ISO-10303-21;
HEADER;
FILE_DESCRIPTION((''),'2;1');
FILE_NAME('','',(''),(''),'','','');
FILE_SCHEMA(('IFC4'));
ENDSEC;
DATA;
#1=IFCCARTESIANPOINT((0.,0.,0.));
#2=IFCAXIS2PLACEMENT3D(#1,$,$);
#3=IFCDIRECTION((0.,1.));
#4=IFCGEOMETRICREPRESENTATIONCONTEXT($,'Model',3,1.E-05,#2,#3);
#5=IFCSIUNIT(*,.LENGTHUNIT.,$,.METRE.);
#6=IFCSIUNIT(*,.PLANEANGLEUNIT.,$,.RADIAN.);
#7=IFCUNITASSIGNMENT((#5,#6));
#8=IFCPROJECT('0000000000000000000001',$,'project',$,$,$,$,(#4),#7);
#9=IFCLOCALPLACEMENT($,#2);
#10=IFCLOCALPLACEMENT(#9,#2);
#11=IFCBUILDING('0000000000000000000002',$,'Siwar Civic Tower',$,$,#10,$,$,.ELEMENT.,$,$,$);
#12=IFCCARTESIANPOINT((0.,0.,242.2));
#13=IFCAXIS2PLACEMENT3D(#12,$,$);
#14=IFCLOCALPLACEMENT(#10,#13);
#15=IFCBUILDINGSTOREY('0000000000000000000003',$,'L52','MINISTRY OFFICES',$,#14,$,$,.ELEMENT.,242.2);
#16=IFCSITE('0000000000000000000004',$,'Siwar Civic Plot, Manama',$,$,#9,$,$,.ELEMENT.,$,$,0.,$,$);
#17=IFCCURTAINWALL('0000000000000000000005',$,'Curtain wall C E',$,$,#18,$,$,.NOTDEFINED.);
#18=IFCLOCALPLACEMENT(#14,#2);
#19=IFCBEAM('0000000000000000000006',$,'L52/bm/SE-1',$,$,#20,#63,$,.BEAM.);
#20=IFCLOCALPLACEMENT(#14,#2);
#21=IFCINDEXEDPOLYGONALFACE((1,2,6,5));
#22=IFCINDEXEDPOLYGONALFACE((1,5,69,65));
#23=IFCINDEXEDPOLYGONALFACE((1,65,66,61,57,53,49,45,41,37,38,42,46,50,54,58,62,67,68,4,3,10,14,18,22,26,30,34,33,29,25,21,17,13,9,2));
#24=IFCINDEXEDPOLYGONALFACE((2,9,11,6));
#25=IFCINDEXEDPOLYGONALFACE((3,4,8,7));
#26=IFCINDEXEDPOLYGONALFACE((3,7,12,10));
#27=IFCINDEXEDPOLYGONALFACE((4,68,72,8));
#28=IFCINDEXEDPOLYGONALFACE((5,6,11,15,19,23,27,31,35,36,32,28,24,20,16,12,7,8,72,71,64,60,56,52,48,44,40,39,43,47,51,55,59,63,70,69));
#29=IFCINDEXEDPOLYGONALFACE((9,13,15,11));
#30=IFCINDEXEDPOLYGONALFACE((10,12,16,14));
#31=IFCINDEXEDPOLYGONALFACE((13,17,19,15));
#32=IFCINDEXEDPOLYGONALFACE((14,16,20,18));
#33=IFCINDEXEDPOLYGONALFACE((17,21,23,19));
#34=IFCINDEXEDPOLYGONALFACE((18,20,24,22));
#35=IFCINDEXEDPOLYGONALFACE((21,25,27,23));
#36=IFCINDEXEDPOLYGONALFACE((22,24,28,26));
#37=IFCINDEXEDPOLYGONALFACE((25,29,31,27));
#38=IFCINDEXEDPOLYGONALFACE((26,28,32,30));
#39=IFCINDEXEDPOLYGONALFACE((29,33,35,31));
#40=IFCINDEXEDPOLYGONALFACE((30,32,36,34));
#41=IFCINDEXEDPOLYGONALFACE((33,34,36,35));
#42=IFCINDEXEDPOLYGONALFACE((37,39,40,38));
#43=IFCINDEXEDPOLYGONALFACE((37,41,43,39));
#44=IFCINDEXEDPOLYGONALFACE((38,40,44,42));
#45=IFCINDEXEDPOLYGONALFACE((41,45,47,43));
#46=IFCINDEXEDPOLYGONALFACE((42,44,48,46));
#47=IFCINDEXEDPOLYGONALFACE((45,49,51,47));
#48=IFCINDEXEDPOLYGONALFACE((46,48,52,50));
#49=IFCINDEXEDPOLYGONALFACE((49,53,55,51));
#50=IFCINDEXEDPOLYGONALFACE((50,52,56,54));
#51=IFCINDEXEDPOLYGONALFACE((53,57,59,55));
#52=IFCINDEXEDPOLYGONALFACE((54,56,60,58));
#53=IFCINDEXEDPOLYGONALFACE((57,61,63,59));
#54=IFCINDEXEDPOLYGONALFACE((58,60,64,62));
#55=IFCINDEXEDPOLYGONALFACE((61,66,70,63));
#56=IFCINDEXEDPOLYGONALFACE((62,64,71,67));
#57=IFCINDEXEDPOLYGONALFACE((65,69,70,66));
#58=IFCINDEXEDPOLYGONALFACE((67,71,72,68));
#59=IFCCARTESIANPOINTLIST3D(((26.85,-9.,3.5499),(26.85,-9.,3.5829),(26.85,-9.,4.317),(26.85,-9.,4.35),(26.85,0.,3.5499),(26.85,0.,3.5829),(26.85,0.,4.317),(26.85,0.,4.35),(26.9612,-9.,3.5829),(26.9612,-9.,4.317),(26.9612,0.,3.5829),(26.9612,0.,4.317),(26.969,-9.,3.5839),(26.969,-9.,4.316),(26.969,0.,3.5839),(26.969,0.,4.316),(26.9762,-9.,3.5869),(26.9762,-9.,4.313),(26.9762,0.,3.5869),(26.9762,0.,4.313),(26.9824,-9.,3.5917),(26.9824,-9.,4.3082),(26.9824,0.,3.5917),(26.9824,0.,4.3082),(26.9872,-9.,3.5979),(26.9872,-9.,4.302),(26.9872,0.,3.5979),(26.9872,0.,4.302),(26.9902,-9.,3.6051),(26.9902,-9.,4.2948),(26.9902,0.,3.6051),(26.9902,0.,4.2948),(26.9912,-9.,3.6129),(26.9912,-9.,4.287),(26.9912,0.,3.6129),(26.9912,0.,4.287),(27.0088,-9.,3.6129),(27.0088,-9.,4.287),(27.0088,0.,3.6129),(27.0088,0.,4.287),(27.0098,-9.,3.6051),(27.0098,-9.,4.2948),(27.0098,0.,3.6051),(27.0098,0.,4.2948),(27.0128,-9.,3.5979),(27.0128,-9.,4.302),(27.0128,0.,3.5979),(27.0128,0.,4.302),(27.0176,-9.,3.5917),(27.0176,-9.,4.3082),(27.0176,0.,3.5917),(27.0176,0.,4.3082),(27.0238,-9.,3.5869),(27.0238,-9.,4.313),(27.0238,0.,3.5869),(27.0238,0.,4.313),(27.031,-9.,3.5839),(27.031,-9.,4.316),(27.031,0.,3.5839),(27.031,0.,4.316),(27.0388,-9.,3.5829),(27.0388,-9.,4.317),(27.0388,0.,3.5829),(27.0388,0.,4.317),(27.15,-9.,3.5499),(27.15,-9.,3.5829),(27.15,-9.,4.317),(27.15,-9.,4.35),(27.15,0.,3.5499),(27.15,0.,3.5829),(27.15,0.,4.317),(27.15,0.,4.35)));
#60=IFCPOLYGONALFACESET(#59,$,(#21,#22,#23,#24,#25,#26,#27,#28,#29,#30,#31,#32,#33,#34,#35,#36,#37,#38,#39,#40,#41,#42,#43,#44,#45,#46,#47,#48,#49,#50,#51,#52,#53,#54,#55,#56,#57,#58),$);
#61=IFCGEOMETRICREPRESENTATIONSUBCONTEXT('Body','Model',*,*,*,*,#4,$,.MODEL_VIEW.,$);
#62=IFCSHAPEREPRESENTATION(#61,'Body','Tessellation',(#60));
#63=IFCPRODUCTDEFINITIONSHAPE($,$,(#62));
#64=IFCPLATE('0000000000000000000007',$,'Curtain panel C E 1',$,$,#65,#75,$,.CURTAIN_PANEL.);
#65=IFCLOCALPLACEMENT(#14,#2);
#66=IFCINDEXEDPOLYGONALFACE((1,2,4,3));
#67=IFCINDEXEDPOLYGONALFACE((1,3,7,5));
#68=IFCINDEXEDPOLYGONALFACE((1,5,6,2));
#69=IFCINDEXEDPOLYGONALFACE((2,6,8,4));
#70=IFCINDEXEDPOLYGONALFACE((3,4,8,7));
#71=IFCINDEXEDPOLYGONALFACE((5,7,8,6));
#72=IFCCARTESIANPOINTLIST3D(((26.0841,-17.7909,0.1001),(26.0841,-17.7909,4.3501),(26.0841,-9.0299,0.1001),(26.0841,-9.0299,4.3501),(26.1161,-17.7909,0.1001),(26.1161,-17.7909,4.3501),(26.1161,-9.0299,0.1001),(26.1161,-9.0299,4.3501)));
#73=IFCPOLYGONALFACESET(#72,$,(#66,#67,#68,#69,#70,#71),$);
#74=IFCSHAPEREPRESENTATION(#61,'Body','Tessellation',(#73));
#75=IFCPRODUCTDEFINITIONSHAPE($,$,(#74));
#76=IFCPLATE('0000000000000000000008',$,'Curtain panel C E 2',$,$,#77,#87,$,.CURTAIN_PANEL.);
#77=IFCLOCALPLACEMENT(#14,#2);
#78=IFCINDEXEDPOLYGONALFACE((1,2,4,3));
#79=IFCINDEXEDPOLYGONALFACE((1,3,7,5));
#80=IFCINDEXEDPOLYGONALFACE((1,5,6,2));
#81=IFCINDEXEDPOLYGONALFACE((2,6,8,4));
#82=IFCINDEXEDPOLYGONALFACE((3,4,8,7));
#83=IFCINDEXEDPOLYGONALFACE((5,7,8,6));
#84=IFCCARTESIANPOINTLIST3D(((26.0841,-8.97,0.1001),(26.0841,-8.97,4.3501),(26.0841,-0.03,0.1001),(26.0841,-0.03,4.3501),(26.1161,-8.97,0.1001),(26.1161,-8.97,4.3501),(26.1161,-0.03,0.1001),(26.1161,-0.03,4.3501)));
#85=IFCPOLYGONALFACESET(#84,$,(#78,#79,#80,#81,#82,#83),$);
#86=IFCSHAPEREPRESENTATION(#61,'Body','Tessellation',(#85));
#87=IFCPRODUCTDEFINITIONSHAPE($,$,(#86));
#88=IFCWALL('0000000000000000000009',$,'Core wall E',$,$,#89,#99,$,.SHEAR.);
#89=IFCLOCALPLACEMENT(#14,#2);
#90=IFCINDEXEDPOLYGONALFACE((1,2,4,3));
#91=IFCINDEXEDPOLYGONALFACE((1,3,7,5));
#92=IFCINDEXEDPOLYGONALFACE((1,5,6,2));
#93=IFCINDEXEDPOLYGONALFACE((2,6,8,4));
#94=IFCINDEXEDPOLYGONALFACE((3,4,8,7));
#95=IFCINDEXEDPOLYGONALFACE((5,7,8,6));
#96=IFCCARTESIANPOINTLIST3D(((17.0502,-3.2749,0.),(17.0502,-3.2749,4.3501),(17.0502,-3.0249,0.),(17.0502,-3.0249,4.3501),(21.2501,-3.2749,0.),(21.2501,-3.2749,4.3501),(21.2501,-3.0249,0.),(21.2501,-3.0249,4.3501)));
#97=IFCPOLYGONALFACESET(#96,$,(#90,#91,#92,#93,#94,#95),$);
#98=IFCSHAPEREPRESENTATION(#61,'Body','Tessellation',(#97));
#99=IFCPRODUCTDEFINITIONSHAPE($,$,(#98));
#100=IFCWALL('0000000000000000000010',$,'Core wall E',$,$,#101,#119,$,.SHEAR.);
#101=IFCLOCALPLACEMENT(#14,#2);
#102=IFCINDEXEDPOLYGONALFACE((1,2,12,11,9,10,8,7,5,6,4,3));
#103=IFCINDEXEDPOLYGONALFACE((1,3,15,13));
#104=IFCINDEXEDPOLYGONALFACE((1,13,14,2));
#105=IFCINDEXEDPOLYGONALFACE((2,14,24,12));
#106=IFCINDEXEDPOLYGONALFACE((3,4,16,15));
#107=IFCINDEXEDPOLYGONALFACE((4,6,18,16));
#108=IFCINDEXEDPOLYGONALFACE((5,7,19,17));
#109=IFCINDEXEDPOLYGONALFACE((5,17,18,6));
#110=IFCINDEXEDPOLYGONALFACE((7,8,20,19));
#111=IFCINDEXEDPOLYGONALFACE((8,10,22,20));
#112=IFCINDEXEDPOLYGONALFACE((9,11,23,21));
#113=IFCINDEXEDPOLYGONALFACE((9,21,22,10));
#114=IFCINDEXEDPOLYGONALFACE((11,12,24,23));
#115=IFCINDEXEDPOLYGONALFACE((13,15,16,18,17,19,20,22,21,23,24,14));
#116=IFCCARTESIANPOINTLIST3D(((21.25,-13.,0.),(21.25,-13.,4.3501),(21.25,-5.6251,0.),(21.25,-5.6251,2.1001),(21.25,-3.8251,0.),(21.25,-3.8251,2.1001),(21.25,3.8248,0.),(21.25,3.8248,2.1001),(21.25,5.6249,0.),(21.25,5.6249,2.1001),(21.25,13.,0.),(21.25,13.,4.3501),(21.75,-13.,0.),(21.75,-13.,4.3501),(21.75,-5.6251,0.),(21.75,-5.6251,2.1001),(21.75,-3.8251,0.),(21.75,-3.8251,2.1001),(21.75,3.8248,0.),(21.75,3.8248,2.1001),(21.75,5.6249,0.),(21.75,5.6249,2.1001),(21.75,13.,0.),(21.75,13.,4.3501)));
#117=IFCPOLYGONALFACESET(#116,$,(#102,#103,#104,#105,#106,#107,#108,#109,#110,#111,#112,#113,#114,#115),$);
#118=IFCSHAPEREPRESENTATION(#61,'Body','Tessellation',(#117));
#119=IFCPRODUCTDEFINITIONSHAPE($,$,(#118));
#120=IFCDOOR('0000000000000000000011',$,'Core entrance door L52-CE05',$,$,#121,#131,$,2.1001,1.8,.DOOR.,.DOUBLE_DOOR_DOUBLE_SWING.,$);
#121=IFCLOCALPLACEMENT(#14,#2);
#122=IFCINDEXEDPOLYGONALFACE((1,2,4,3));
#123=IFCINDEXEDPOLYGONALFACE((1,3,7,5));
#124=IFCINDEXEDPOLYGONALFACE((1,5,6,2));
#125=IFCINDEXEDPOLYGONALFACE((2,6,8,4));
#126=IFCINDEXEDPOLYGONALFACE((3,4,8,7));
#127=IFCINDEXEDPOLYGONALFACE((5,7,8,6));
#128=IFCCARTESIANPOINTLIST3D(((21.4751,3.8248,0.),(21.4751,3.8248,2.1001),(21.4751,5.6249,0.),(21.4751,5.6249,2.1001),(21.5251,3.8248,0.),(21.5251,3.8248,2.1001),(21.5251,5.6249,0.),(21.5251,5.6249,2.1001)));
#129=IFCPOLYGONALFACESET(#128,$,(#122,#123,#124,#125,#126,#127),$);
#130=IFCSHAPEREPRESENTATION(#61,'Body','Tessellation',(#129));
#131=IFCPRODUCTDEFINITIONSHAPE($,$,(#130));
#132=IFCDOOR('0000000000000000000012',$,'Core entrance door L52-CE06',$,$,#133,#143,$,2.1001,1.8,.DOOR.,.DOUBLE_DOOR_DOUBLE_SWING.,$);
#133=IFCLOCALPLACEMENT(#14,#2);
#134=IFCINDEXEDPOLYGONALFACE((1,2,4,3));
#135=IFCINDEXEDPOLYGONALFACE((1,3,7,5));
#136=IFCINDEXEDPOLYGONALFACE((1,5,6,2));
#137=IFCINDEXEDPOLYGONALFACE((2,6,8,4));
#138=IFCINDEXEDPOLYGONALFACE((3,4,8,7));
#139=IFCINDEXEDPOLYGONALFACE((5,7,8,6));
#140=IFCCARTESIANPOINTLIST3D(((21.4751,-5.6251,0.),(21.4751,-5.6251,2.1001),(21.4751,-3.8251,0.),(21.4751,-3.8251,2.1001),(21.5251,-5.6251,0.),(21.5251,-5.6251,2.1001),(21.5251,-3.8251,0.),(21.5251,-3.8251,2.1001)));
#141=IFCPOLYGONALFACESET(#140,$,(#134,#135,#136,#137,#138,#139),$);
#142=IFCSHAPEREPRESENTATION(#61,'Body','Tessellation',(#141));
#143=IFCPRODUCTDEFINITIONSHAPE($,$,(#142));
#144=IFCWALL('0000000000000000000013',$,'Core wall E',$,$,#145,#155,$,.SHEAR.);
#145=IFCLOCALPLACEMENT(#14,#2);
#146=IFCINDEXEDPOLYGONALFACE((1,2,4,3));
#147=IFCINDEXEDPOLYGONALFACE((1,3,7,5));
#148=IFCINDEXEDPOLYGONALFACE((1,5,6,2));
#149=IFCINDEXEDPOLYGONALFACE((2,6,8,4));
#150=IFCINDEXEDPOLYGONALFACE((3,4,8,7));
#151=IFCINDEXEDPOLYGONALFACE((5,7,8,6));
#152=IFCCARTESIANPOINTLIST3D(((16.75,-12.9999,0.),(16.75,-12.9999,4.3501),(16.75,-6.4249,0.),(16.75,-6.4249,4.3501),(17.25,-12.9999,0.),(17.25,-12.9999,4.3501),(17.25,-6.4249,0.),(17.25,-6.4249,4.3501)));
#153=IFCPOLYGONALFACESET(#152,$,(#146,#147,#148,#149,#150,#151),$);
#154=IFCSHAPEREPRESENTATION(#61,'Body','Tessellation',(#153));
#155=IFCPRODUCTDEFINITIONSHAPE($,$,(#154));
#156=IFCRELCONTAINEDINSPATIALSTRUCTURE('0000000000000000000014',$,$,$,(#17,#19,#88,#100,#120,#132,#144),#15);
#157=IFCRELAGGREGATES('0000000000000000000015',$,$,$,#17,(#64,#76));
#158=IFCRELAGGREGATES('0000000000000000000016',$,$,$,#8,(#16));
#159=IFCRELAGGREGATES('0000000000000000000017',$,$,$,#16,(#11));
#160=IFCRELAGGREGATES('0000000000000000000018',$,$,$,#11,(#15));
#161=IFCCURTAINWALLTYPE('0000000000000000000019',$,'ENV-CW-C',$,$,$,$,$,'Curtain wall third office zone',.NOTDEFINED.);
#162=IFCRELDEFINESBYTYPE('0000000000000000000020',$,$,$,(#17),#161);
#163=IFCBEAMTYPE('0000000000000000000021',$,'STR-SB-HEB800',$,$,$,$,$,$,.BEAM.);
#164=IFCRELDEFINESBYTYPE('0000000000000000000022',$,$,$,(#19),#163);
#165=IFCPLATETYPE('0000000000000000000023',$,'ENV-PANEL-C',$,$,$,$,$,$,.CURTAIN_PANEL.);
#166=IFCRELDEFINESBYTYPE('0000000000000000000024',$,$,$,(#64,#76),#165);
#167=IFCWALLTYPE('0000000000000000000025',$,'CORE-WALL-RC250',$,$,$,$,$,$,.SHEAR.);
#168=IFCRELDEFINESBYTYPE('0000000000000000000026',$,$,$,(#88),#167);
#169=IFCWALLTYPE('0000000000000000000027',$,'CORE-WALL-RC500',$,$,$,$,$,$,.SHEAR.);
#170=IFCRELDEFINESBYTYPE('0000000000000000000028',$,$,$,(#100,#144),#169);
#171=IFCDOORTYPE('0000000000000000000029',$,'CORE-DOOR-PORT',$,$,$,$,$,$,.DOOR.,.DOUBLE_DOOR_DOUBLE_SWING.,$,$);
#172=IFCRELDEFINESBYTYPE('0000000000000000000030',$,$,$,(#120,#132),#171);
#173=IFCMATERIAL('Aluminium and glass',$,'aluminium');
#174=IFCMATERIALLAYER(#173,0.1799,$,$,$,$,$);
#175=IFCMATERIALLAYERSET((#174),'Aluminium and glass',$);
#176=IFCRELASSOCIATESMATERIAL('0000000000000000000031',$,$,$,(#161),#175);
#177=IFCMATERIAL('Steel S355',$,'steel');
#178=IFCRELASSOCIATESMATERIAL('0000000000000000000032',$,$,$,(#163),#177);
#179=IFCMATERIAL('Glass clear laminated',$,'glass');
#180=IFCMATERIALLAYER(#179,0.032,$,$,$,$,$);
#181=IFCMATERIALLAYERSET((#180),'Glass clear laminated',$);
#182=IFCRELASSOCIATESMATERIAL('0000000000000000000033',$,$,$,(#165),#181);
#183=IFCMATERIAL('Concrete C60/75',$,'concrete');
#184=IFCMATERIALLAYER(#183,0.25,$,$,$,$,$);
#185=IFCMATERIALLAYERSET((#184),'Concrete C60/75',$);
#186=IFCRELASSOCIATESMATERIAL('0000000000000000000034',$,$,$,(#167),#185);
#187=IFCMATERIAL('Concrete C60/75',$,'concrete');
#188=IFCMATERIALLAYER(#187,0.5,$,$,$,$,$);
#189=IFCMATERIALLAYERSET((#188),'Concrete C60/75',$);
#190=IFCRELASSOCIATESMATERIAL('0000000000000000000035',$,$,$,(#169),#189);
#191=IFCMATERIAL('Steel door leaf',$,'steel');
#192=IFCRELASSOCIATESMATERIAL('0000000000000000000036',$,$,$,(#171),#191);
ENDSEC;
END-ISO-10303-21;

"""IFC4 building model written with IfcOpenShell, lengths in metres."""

from ifc_helpers import new_model, si_unit, direction, frame, frame_2d, origin, origin_2d, place, context, subcontext, project, spatial, rectangle, i_section, extrude, material, layer, layer_set, material_profile, profile_set, type_object, element, fill, aggregate, save


model = new_model("IFC4")

# Units and contexts
model_context = context("Model", 3, precision=1e-05, world=origin(), true_north=direction((0.0, 1.0)))
body_context = subcontext(model_context, "Body", "Model", "MODEL_VIEW")
ifc_project = project(units=[si_unit("LENGTHUNIT", "METRE"), si_unit("PLANEANGLEUNIT", "RADIAN")], contexts=[model_context])

# Site, building, storey
site_placement = place(None, origin())
site = spatial("IfcSite", under=ifc_project, at=site_placement, Name="Siwar Civic Plot, Manama", CompositionType="ELEMENT", RefElevation=0.0)
building_placement = place(site_placement, origin())
building = spatial("IfcBuilding", under=site, at=building_placement, Name="Siwar Civic Tower", CompositionType="ELEMENT")
storey_placement = place(building_placement, frame((0.0, 0.0, 242.2)))
storey = spatial("IfcBuildingStorey", under=building, at=storey_placement, Name="L52", Description="MINISTRY OFFICES", CompositionType="ELEMENT", Elevation=242.2)

# Curtain wall
ifc_material_1 = material(Name="Aluminium and glass", Category="aluminium")
ifc_layer_1 = layer(ifc_material_1, 0.1799)
ifc_layer_set_1 = layer_set([ifc_layer_1], Name="Aluminium and glass")
curtain_wall_type = type_object("IfcCurtainWallType", Name="ENV-CW-C", ElementType="Curtain wall third office zone", PredefinedType="NOTDEFINED", material=ifc_layer_set_1)
curtain_wall_placement = place(storey_placement, origin())
curtain_wall = element("IfcCurtainWall", 1, at=curtain_wall_placement, inside=storey, type_object=curtain_wall_type, Name="Curtain wall C E", PredefinedType="NOTDEFINED")

# Beam
ifc_material_2 = material(Name="Steel S355", Category="steel")
ifc_material_profile_1 = material_profile(ifc_material_2, i_section(OverallWidth=0.3, OverallDepth=0.8, WebThickness=0.0176, FlangeThickness=0.033, FilletRadius=0.03, at=origin_2d()), Name="HEB800")
ifc_profile_set_1 = profile_set([ifc_material_profile_1], Name="Steel S355")
beam_type_1 = type_object("IfcBeamType", Name="STR-SB-HEB800", PredefinedType="BEAM", material=ifc_profile_set_1)
for number, where, z_axis, x_axis, name in (
    (2, (27.0, -9.0, 3.95), (0.0, 1.0, 0.0), (-1.0, 0.0, 0.0), "L52/bm/SE-1"),
):
    element("IfcBeam", number, at=place(storey_placement, frame(where, z_axis=z_axis, x_axis=x_axis)), inside=storey, type_object=beam_type_1, Name=name, PredefinedType="BEAM", context=body_context, shape_type="SweptSolid", body=[
        extrude(i_section(OverallWidth=0.3, OverallDepth=0.8, WebThickness=0.0176, FlangeThickness=0.033, FilletRadius=0.03, at=origin_2d()), origin(), (0.0, 0.0, 1.0), 9.0),
    ])

# Plates
ifc_material_3 = material(Name="Glass clear laminated", Category="glass")
ifc_layer_2 = layer(ifc_material_3, 0.032)
ifc_layer_set_2 = layer_set([ifc_layer_2], Name="Glass clear laminated")
plate_type = type_object("IfcPlateType", Name="ENV-PANEL-C", PredefinedType="CURTAIN_PANEL", material=ifc_layer_set_2)
plate_1_placement = place(storey_placement, frame((26.1001, -13.4104, 0.1001), z_axis=(0.0, 0.0, 1.0), x_axis=(0.0, 1.0, 0.0)))
plate_1 = element("IfcPlate", 3, at=plate_1_placement, type_object=plate_type, Name="Curtain panel C E 1", PredefinedType="CURTAIN_PANEL", context=body_context, shape_type="SweptSolid", body=[
    extrude(rectangle(XDim=8.761, YDim=0.032, at=origin_2d()), origin(), (0.0, 0.0, 1.0), 4.25),
])
plate_2_placement = place(storey_placement, frame((26.1001, -4.5, 0.1001), z_axis=(0.0, 0.0, 1.0), x_axis=(0.0, 1.0, 0.0)))
plate_2 = element("IfcPlate", 4, at=plate_2_placement, type_object=plate_type, Name="Curtain panel C E 2", PredefinedType="CURTAIN_PANEL", context=body_context, shape_type="SweptSolid", body=[
    extrude(rectangle(XDim=8.9399, YDim=0.032, at=origin_2d()), origin(), (0.0, 0.0, 1.0), 4.25),
])
aggregate(curtain_wall, [plate_1, plate_2])

# Wall
ifc_material_4 = material(Name="Concrete C60/75", Category="concrete")
ifc_layer_3 = layer(ifc_material_4, 0.25)
ifc_layer_set_3 = layer_set([ifc_layer_3], Name="Concrete C60/75")
wall_type_1 = type_object("IfcWallType", Name="CORE-WALL-RC250", PredefinedType="SHEAR", material=ifc_layer_set_3)
wall_1_placement = place(storey_placement, frame((17.05, -3.1499, 0.0), z_axis=(0.0, 0.0, 1.0), x_axis=(1.0, 0.0, 0.0)))
element("IfcWall", 5, at=wall_1_placement, inside=storey, type_object=wall_type_1, Name="Core wall E", PredefinedType="SHEAR", context=body_context, shape_type="SweptSolid", body=[
    extrude(rectangle(XDim=4.2, YDim=0.25, at=frame_2d((2.1001, 0.0))), origin(), (0.0, 0.0, 1.0), 4.3501),
])

# Wall, openings, doors
ifc_material_5 = material(Name="Concrete C60/75", Category="concrete")
ifc_layer_4 = layer(ifc_material_5, 0.5)
ifc_layer_set_4 = layer_set([ifc_layer_4], Name="Concrete C60/75")
wall_type_2 = type_object("IfcWallType", Name="CORE-WALL-RC500", PredefinedType="SHEAR", material=ifc_layer_set_4)
wall_2_placement = place(storey_placement, frame((21.5, -13.0, 0.0), z_axis=(0.0, 0.0, 1.0), x_axis=(0.0, 1.0, 0.0)))
wall_2 = element("IfcWall", 6, at=wall_2_placement, inside=storey, type_object=wall_type_2, Name="Core wall E", PredefinedType="SHEAR", context=body_context, shape_type="SweptSolid", body=[
    extrude(rectangle(XDim=26.0, YDim=0.5, at=frame_2d((13.0, 0.0))), origin(), (0.0, 0.0, 1.0), 4.3501),
])
opening_1_placement = place(wall_2_placement, frame((16.825, 0.0, 0.0)))
opening_1 = element("IfcOpeningElement", 7, at=opening_1_placement, cuts=wall_2, PredefinedType="OPENING", context=body_context, shape_type="SweptSolid", body=[
    extrude(rectangle(XDim=1.8, YDim=2.1001, at=frame_2d((0.8999, 1.05))), frame((0.0, 0.26, 0.0), z_axis=(0.0, -1.0, 0.0), x_axis=(1.0, 0.0, 0.0)), (0.0, 0.0, 1.0), 0.52),
])
opening_2_placement = place(wall_2_placement, frame((7.375, 0.0, 0.0)))
opening_2 = element("IfcOpeningElement", 8, at=opening_2_placement, cuts=wall_2, PredefinedType="OPENING", context=body_context, shape_type="SweptSolid", body=[
    extrude(rectangle(XDim=1.8, YDim=2.1001, at=frame_2d((0.8999, 1.05))), frame((0.0, 0.26, 0.0), z_axis=(0.0, -1.0, 0.0), x_axis=(1.0, 0.0, 0.0)), (0.0, 0.0, 1.0), 0.52),
])
ifc_material_6 = material(Name="Steel door leaf", Category="steel")
door_type_1 = type_object("IfcDoorType", Name="CORE-DOOR-PORT", OperationType="DOUBLE_DOOR_DOUBLE_SWING", PredefinedType="DOOR", material=ifc_material_6)
door_1_placement = place(opening_1_placement, origin())
door_1 = element("IfcDoor", 9, at=door_1_placement, inside=storey, type_object=door_type_1, Name="Core entrance door L52-CE05", OperationType="DOUBLE_DOOR_DOUBLE_SWING", OverallHeight=2.1001, OverallWidth=1.8, PredefinedType="DOOR", context=body_context, shape_type="SweptSolid", body=[
    extrude(rectangle(XDim=1.8, YDim=2.1001, at=frame_2d((0.8999, 1.05))), frame((0.0, 0.0249, 0.0), z_axis=(0.0, -1.0, 0.0), x_axis=(1.0, 0.0, 0.0)), (0.0, 0.0, 1.0), 0.05),
])
fill(opening_1, door_1)
door_2_placement = place(opening_2_placement, origin())
door_2 = element("IfcDoor", 10, at=door_2_placement, inside=storey, type_object=door_type_1, Name="Core entrance door L52-CE06", OperationType="DOUBLE_DOOR_DOUBLE_SWING", OverallHeight=2.1001, OverallWidth=1.8, PredefinedType="DOOR", context=body_context, shape_type="SweptSolid", body=[
    extrude(rectangle(XDim=1.8, YDim=2.1001, at=frame_2d((0.8999, 1.05))), frame((0.0, 0.0249, 0.0), z_axis=(0.0, -1.0, 0.0), x_axis=(1.0, 0.0, 0.0)), (0.0, 0.0, 1.0), 0.05),
])
fill(opening_2, door_2)

# Wall
wall_3_placement = place(storey_placement, frame((17.0, -13.0, 0.0), z_axis=(0.0, 0.0, 1.0), x_axis=(0.0, 1.0, 0.0)))
element("IfcWall", 11, at=wall_3_placement, inside=storey, type_object=wall_type_2, Name="Core wall E", PredefinedType="SHEAR", context=body_context, shape_type="SweptSolid", body=[
    extrude(rectangle(XDim=6.575, YDim=0.5, at=frame_2d((3.2876, 0.0))), origin(), (0.0, 0.0, 1.0), 4.3501),
])

save(model, "model.ifc")
